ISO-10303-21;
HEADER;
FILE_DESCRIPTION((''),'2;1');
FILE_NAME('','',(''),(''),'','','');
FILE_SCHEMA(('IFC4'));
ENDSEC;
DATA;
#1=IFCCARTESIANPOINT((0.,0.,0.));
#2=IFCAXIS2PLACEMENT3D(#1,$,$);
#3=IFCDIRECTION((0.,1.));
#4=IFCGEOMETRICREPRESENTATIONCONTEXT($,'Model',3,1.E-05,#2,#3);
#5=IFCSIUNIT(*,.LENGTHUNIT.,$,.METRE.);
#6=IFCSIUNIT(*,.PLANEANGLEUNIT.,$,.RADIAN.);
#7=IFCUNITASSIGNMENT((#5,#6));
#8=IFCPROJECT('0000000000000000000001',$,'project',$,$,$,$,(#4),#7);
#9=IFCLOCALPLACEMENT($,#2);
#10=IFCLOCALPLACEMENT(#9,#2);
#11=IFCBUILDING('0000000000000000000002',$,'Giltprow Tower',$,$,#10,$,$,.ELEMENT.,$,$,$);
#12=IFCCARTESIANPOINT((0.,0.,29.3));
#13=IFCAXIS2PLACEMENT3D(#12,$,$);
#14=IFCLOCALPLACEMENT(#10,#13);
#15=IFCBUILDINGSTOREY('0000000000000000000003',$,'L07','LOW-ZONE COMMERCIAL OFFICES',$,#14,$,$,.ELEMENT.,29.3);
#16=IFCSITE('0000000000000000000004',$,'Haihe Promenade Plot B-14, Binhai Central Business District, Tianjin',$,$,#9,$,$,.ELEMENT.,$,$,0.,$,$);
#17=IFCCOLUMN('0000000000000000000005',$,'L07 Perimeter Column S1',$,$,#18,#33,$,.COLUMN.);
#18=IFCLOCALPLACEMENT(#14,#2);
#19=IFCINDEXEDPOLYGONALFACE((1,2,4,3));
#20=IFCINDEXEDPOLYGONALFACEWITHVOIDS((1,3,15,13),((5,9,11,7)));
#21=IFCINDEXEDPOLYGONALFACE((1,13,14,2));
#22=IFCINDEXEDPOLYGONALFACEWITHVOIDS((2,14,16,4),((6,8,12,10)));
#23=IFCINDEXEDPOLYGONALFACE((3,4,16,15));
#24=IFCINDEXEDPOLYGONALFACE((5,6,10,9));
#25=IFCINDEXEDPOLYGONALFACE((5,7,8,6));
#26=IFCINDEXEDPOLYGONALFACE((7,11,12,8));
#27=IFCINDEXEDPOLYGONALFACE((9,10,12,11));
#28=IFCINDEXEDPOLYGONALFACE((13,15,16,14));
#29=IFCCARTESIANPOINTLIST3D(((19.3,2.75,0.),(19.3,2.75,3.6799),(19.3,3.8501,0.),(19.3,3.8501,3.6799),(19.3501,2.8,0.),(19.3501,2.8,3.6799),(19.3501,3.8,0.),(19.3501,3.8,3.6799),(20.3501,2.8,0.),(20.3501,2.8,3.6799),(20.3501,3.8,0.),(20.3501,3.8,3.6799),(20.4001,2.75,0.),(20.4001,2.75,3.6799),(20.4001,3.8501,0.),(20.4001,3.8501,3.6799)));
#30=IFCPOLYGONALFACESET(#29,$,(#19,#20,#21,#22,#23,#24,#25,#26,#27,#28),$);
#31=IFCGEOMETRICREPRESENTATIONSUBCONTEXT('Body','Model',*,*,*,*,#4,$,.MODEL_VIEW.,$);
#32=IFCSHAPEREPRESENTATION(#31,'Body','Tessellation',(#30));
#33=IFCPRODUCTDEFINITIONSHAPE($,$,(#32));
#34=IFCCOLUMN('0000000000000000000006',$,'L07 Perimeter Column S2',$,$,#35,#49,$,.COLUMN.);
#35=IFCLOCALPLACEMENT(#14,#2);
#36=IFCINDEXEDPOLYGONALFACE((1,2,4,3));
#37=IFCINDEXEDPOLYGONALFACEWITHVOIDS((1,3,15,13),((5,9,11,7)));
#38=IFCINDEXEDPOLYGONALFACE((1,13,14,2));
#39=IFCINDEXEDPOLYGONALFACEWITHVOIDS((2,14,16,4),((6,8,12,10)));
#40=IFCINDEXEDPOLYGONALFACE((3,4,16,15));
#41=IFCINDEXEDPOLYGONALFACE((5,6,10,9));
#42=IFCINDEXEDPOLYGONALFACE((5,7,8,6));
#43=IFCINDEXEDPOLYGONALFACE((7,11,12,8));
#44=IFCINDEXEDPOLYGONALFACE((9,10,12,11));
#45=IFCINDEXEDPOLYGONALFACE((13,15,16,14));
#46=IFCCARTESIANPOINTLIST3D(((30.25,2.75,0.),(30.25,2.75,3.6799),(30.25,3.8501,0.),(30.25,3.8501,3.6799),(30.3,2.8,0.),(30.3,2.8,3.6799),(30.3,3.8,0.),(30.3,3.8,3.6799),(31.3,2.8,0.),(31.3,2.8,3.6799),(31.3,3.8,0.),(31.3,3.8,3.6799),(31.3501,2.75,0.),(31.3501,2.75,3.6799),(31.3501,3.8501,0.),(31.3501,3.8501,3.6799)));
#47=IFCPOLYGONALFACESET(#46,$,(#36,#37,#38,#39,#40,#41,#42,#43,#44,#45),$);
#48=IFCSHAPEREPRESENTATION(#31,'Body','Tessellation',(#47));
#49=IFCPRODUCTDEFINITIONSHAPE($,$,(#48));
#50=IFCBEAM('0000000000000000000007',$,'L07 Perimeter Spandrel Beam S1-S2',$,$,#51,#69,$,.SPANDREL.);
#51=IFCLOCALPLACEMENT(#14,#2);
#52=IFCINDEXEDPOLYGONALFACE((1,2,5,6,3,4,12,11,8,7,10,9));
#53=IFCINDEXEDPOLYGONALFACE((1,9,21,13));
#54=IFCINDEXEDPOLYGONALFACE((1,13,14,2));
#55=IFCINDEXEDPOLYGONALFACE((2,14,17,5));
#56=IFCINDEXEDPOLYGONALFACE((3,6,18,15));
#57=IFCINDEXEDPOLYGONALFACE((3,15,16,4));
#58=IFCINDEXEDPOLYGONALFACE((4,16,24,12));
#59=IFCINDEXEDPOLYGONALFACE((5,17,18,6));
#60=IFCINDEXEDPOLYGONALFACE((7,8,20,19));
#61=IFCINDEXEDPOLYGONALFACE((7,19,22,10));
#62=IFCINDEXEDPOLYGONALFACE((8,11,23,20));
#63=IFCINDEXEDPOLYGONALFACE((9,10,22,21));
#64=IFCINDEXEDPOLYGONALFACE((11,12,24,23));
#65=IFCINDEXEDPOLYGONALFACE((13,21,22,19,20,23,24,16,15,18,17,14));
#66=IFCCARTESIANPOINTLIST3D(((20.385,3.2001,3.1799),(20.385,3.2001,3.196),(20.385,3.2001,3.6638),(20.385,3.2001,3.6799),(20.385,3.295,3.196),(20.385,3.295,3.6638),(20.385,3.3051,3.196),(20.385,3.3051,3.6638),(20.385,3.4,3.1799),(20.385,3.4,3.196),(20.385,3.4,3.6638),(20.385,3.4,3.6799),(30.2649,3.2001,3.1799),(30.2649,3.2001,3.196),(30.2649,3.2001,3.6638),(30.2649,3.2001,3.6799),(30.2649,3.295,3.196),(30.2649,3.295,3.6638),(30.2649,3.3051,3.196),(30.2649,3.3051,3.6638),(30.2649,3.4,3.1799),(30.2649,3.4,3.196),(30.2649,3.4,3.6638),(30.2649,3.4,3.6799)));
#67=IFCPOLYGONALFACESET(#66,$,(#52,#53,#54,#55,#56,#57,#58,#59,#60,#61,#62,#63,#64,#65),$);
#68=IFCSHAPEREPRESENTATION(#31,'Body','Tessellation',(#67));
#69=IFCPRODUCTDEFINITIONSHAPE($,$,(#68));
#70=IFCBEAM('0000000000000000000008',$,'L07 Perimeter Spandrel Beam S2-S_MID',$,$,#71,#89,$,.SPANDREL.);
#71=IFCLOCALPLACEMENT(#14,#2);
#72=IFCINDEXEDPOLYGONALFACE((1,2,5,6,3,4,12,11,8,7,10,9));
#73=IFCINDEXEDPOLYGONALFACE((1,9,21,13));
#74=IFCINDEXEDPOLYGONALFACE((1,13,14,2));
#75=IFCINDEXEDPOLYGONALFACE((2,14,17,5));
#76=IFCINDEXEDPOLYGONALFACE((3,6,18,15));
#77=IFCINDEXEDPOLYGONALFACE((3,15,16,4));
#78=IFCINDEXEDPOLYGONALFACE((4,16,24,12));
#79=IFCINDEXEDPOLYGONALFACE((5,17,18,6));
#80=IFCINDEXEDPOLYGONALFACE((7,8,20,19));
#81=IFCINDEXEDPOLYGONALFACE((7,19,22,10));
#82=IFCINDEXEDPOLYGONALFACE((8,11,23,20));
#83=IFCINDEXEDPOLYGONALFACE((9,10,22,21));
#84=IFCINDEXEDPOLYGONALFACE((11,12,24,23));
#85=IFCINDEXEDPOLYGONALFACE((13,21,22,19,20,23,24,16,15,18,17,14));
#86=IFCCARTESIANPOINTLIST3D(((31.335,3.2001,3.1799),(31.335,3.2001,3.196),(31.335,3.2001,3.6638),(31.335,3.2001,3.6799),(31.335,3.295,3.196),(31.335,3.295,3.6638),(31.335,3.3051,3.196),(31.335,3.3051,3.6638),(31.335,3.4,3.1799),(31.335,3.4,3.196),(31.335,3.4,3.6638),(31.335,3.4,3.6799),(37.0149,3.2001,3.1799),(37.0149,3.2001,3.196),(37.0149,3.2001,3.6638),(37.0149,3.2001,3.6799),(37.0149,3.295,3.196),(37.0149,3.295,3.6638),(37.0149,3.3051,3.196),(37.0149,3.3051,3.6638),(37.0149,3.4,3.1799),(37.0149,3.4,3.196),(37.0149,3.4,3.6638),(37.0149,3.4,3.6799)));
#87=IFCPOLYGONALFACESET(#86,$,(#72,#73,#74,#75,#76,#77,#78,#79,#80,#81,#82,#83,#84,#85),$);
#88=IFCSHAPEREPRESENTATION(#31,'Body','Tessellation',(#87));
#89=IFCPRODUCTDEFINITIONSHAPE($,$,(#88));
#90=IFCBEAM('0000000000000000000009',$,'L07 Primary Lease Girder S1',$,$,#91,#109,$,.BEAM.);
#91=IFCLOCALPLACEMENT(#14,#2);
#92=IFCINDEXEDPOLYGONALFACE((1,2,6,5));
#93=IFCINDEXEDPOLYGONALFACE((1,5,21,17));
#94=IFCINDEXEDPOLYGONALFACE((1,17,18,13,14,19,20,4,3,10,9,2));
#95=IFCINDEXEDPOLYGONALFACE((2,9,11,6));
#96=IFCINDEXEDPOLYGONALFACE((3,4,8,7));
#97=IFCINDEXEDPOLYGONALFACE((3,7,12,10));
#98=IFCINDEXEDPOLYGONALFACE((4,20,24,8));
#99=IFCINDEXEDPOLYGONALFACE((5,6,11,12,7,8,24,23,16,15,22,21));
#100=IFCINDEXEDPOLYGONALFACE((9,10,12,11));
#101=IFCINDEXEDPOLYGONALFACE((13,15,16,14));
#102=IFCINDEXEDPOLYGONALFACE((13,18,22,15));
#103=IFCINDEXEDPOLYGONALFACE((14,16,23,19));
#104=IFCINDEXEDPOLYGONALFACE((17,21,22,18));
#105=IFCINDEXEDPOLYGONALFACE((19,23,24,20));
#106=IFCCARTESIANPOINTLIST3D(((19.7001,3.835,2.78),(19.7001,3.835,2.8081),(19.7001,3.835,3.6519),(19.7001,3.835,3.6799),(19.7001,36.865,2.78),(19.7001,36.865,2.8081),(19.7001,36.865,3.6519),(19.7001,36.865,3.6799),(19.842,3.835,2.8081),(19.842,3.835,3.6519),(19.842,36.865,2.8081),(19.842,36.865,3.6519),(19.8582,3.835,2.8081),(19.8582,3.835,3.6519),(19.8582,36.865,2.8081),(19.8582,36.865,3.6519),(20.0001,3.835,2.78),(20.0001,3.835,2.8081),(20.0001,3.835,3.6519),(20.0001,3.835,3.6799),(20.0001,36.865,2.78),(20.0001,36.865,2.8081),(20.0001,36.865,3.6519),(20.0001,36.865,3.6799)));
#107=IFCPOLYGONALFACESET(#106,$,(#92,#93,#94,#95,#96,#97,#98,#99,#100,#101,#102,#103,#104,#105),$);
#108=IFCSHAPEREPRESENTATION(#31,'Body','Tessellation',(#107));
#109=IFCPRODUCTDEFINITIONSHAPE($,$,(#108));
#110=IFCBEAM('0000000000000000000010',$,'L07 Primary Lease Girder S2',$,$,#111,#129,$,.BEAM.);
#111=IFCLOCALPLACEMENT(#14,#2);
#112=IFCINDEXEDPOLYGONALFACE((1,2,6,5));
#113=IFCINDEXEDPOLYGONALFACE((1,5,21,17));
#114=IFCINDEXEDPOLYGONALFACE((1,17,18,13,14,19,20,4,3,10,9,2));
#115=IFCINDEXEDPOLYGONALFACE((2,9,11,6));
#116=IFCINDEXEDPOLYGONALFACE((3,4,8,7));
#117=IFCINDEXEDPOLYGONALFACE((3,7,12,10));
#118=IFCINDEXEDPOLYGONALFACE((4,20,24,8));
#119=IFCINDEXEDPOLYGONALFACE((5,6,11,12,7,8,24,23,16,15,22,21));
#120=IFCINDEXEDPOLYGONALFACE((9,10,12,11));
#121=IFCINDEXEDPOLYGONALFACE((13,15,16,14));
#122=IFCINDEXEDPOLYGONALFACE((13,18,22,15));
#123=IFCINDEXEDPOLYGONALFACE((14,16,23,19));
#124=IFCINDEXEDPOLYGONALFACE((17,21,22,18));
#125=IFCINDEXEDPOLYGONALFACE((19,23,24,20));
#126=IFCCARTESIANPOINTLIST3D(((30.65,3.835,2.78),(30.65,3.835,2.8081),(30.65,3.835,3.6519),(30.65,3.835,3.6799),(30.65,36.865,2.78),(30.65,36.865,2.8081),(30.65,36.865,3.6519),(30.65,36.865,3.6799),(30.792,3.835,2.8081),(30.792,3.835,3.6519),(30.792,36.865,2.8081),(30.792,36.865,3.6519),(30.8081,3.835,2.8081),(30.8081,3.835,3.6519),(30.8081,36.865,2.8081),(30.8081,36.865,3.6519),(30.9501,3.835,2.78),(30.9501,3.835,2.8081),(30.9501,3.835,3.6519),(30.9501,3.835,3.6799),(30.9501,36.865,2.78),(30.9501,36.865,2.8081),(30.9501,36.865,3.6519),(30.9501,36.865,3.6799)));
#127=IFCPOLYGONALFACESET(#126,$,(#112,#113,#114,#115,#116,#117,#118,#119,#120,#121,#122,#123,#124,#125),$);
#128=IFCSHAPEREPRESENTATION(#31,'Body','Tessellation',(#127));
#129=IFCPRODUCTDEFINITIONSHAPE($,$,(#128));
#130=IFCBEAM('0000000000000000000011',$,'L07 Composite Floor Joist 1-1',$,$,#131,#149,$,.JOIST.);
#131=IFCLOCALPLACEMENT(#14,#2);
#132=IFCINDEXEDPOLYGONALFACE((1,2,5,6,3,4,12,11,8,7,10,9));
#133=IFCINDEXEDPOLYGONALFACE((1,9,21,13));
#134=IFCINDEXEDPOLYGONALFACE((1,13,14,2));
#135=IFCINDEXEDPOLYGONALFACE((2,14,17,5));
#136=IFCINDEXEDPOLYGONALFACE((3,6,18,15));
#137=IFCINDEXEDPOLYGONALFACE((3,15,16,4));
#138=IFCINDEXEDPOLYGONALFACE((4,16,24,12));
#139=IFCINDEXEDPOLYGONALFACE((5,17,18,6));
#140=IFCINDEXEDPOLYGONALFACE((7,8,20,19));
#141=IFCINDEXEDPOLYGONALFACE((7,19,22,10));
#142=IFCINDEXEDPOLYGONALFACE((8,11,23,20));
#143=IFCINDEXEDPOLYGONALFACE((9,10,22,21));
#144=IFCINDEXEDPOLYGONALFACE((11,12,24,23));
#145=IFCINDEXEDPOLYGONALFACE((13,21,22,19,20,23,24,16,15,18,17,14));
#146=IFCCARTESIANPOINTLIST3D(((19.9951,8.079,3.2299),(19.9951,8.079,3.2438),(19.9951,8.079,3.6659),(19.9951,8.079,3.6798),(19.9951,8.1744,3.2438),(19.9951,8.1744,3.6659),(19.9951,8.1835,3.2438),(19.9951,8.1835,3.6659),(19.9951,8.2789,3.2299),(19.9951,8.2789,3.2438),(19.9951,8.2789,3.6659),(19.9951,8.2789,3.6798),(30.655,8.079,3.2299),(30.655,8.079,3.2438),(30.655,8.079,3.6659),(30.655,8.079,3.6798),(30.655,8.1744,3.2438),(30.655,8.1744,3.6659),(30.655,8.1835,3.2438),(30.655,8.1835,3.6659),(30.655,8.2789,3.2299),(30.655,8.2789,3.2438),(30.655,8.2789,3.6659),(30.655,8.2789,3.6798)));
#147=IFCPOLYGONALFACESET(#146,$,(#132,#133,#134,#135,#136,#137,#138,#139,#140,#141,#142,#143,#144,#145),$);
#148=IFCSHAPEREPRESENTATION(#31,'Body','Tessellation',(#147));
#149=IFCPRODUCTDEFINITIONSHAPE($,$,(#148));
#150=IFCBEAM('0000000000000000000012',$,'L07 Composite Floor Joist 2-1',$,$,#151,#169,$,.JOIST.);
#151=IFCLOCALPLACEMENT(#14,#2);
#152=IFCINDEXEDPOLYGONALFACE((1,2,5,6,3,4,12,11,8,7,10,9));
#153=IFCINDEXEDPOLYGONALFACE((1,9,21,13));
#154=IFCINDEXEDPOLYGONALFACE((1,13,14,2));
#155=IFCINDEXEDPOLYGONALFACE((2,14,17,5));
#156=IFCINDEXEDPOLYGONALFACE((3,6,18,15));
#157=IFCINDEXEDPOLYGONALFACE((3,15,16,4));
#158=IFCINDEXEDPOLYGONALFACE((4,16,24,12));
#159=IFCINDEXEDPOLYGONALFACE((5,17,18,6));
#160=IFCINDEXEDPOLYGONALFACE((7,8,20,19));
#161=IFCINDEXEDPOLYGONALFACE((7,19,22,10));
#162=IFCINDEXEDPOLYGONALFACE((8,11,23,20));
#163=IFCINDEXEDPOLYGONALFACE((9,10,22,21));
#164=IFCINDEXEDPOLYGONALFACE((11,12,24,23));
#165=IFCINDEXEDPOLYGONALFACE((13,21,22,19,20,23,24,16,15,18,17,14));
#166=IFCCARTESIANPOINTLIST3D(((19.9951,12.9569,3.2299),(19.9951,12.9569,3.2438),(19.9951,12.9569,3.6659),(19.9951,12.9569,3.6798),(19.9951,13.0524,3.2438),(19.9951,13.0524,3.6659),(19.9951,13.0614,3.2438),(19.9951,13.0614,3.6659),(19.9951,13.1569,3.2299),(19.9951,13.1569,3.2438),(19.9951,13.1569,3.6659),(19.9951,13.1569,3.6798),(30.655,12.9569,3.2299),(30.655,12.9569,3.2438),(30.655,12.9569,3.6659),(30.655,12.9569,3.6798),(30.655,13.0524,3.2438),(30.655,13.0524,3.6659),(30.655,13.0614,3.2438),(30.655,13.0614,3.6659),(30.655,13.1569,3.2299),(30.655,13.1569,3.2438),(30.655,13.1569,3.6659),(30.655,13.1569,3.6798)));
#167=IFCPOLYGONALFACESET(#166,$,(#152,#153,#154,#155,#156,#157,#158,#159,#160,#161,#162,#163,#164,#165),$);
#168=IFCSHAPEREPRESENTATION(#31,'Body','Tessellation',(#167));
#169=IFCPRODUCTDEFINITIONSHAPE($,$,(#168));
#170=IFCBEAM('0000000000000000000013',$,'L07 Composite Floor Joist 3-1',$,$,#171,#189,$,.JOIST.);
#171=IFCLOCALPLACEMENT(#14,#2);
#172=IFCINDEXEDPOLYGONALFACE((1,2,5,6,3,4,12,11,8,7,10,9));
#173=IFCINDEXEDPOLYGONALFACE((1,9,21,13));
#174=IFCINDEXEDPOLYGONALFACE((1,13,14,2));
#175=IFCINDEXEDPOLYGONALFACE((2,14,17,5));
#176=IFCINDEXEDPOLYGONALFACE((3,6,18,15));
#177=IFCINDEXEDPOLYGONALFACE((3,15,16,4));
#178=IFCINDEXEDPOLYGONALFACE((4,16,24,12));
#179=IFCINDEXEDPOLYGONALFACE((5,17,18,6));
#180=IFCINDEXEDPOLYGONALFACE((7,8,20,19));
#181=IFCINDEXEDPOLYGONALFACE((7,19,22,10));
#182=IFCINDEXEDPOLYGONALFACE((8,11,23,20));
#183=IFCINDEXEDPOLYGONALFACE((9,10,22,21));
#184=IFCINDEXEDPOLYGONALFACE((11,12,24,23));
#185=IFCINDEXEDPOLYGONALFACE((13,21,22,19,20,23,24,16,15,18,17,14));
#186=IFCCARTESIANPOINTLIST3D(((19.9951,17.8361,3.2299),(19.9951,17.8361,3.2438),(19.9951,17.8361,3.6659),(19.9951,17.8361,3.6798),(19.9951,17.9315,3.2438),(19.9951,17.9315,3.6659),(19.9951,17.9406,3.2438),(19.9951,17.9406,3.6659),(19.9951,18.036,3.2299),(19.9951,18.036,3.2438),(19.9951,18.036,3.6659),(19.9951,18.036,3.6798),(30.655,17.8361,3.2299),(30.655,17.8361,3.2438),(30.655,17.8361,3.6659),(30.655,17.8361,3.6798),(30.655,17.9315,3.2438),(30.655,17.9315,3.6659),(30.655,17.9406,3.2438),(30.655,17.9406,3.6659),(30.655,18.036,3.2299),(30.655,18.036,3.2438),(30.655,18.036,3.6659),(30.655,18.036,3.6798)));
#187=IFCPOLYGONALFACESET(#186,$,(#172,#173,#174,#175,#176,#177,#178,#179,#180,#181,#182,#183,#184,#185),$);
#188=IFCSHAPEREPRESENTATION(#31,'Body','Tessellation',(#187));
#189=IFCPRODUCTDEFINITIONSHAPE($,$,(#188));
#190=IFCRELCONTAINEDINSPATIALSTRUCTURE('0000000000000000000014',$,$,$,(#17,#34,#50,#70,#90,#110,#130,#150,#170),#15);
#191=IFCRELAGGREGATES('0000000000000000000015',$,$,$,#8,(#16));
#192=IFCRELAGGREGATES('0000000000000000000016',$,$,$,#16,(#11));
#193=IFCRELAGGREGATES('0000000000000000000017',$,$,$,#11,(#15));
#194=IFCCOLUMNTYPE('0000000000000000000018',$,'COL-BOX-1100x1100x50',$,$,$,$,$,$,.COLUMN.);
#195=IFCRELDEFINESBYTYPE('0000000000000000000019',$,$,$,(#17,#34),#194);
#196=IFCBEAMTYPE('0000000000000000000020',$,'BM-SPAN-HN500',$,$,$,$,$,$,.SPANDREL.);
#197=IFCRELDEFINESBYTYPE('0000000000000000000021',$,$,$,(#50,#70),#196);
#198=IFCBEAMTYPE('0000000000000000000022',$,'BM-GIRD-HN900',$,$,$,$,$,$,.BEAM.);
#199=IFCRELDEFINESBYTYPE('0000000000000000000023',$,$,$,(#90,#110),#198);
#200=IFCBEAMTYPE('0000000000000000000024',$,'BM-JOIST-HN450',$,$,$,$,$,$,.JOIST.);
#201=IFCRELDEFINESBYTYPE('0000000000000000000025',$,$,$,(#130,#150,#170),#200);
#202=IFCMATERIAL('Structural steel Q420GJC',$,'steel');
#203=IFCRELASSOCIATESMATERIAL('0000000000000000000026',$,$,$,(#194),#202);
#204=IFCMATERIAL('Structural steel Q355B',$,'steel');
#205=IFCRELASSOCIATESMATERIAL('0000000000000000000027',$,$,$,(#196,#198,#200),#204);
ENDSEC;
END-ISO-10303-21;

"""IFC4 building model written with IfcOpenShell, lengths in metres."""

from ifc_helpers import new_model, si_unit, direction, frame, origin, origin_2d, place, context, subcontext, project, spatial, hollow_rectangle, i_section, extrude, source, transform, mapped, material, material_profile, profile_set, type_object, element, save


model = new_model("IFC4")

# Units and contexts
model_context = context("Model", 3, precision=1e-05, world=origin(), true_north=direction((0.0, 1.0)))
body_context = subcontext(model_context, "Body", "Model", "MODEL_VIEW")
ifc_project = project(units=[si_unit("LENGTHUNIT", "METRE"), si_unit("PLANEANGLEUNIT", "RADIAN")], contexts=[model_context])

# Site, building, storey
site_placement = place(None, origin())
site = spatial("IfcSite", under=ifc_project, at=site_placement, Name="Haihe Promenade Plot B-14, Binhai Central Business District, Tianjin", CompositionType="ELEMENT", RefElevation=0.0)
building_placement = place(site_placement, origin())
building = spatial("IfcBuilding", under=site, at=building_placement, Name="Giltprow Tower", CompositionType="ELEMENT")
storey_placement = place(building_placement, frame((0.0, 0.0, 29.3)))
storey = spatial("IfcBuildingStorey", under=building, at=storey_placement, Name="L07", Description="LOW-ZONE COMMERCIAL OFFICES", CompositionType="ELEMENT", Elevation=29.3)

# Columns
ifc_material_1 = material(Name="Structural steel Q420GJC", Category="steel")
ifc_material_profile_1 = material_profile(ifc_material_1, hollow_rectangle(XDim=1.1001, YDim=1.1001, WallThickness=0.05, at=origin_2d()), Name="BOX 1100x1100x50")
ifc_profile_set_1 = profile_set([ifc_material_profile_1], Name="Structural steel Q420GJC")
column_type = type_object("IfcColumnType", Name="COL-BOX-1100x1100x50", PredefinedType="COLUMN", material=ifc_profile_set_1)
shared_shape_1 = source(origin(), body_context, "Body", "SweptSolid", [
    extrude(hollow_rectangle(XDim=1.1001, YDim=1.1001, WallThickness=0.05, at=origin_2d()), origin(), (0.0, 0.0, 1.0), 3.6799),
])
for number, where, z_axis, x_axis, name in (
    (1, (19.8501, 3.3, 0.0), (0.0, 0.0, 1.0), (1.0, 0.0, 0.0), "L07 Perimeter Column S1"),
    (2, (30.8, 3.3, 0.0), (0.0, 0.0, 1.0), (1.0, 0.0, 0.0), "L07 Perimeter Column S2"),
):
    element("IfcColumn", number, at=place(storey_placement, frame(where, z_axis=z_axis, x_axis=x_axis)), inside=storey, type_object=column_type, Name=name, PredefinedType="COLUMN", context=body_context, shape_type="MappedRepresentation", body=[
        mapped(shared_shape_1, transform((0.0, 0.0, 0.0), x_axis=(1.0, 0.0, 0.0), y_axis=(0.0, 1.0, 0.0), z_axis=(0.0, 0.0, 1.0), scale=1.0)),
    ])

# Beams
ifc_material_2 = material(Name="Structural steel Q355B", Category="steel")
ifc_material_profile_2 = material_profile(ifc_material_2, i_section(OverallWidth=0.2, OverallDepth=0.5, WebThickness=0.01, FlangeThickness=0.0161, at=origin_2d()), Name="HN 500x200x10x16")
ifc_profile_set_2 = profile_set([ifc_material_profile_2], Name="Structural steel Q355B")
beam_type_1 = type_object("IfcBeamType", Name="BM-SPAN-HN500", PredefinedType="SPANDREL", material=ifc_profile_set_2)
shared_shape_2 = source(origin(), body_context, "Body", "SweptSolid", [
    extrude(i_section(OverallWidth=0.2, OverallDepth=0.5, WebThickness=0.01, FlangeThickness=0.0161, at=origin_2d()), origin(), (0.0, 0.0, 1.0), 9.8799),
])
beam_1_placement = place(storey_placement, frame((20.385, 3.3, 3.4299), z_axis=(1.0, 0.0, 0.0), x_axis=(0.0, 1.0, 0.0)))
element("IfcBeam", 3, at=beam_1_placement, inside=storey, type_object=beam_type_1, Name="L07 Perimeter Spandrel Beam S1-S2", PredefinedType="SPANDREL", context=body_context, shape_type="MappedRepresentation", body=[
    mapped(shared_shape_2, transform((0.0, 0.0, 0.0), x_axis=(1.0, 0.0, 0.0), y_axis=(0.0, 1.0, 0.0), z_axis=(0.0, 0.0, 1.0), scale=1.0)),
])
shared_shape_3 = source(origin(), body_context, "Body", "SweptSolid", [
    extrude(i_section(OverallWidth=0.2, OverallDepth=0.5, WebThickness=0.01, FlangeThickness=0.0161, at=origin_2d()), origin(), (0.0, 0.0, 1.0), 5.6799),
])
beam_2_placement = place(storey_placement, frame((31.335, 3.3, 3.4299), z_axis=(1.0, 0.0, 0.0), x_axis=(0.0, 1.0, 0.0)))
element("IfcBeam", 4, at=beam_2_placement, inside=storey, type_object=beam_type_1, Name="L07 Perimeter Spandrel Beam S2-S_MID", PredefinedType="SPANDREL", context=body_context, shape_type="MappedRepresentation", body=[
    mapped(shared_shape_3, transform((0.0, 0.0, 0.0), x_axis=(1.0, 0.0, 0.0), y_axis=(0.0, 1.0, 0.0), z_axis=(0.0, 0.0, 1.0), scale=1.0)),
])
ifc_material_profile_3 = material_profile(ifc_material_2, i_section(OverallWidth=0.3, OverallDepth=0.8999, WebThickness=0.0161, FlangeThickness=0.0281, at=origin_2d()), Name="HN 900x300x16x28")
ifc_profile_set_3 = profile_set([ifc_material_profile_3], Name="Structural steel Q355B")
beam_type_2 = type_object("IfcBeamType", Name="BM-GIRD-HN900", PredefinedType="BEAM", material=ifc_profile_set_3)
shared_shape_4 = source(origin(), body_context, "Body", "SweptSolid", [
    extrude(i_section(OverallWidth=0.3, OverallDepth=0.8999, WebThickness=0.0161, FlangeThickness=0.0281, at=origin_2d()), origin(), (0.0, 0.0, 1.0), 33.03),
])
for number, where, z_axis, x_axis, name in (
    (5, (19.8501, 3.835, 3.23), (0.0, 1.0, 0.0), (-1.0, 0.0, 0.0), "L07 Primary Lease Girder S1"),
    (6, (30.8, 3.835, 3.23), (0.0, 1.0, 0.0), (-1.0, 0.0, 0.0), "L07 Primary Lease Girder S2"),
):
    element("IfcBeam", number, at=place(storey_placement, frame(where, z_axis=z_axis, x_axis=x_axis)), inside=storey, type_object=beam_type_2, Name=name, PredefinedType="BEAM", context=body_context, shape_type="MappedRepresentation", body=[
        mapped(shared_shape_4, transform((0.0, 0.0, 0.0), x_axis=(1.0, 0.0, 0.0), y_axis=(0.0, 1.0, 0.0), z_axis=(0.0, 0.0, 1.0), scale=1.0)),
    ])
ifc_material_profile_4 = material_profile(ifc_material_2, i_section(OverallWidth=0.2, OverallDepth=0.45, WebThickness=0.009, FlangeThickness=0.0139, at=origin_2d()), Name="HN 450x200x9x14")
ifc_profile_set_4 = profile_set([ifc_material_profile_4], Name="Structural steel Q355B")
beam_type_3 = type_object("IfcBeamType", Name="BM-JOIST-HN450", PredefinedType="JOIST", material=ifc_profile_set_4)
shared_shape_5 = source(origin(), body_context, "Body", "SweptSolid", [
    extrude(i_section(OverallWidth=0.2, OverallDepth=0.45, WebThickness=0.009, FlangeThickness=0.0139, at=origin_2d()), origin(), (0.0, 0.0, 1.0), 10.6599),
])
for number, where, z_axis, x_axis, name in (
    (7, (19.9951, 8.179, 3.4548), (1.0, 0.0, 0.0), (0.0, 1.0, 0.0), "L07 Composite Floor Joist 1-1"),
    (8, (19.9951, 13.0569, 3.4548), (1.0, 0.0, 0.0), (0.0, 1.0, 0.0), "L07 Composite Floor Joist 2-1"),
    (9, (19.9951, 17.936, 3.4548), (1.0, 0.0, 0.0), (0.0, 1.0, 0.0), "L07 Composite Floor Joist 3-1"),
):
    element("IfcBeam", number, at=place(storey_placement, frame(where, z_axis=z_axis, x_axis=x_axis)), inside=storey, type_object=beam_type_3, Name=name, PredefinedType="JOIST", context=body_context, shape_type="MappedRepresentation", body=[
        mapped(shared_shape_5, transform((0.0, 0.0, 0.0), x_axis=(1.0, 0.0, 0.0), y_axis=(0.0, 1.0, 0.0), z_axis=(0.0, 0.0, 1.0), scale=1.0)),
    ])

save(model, "model.ifc")
